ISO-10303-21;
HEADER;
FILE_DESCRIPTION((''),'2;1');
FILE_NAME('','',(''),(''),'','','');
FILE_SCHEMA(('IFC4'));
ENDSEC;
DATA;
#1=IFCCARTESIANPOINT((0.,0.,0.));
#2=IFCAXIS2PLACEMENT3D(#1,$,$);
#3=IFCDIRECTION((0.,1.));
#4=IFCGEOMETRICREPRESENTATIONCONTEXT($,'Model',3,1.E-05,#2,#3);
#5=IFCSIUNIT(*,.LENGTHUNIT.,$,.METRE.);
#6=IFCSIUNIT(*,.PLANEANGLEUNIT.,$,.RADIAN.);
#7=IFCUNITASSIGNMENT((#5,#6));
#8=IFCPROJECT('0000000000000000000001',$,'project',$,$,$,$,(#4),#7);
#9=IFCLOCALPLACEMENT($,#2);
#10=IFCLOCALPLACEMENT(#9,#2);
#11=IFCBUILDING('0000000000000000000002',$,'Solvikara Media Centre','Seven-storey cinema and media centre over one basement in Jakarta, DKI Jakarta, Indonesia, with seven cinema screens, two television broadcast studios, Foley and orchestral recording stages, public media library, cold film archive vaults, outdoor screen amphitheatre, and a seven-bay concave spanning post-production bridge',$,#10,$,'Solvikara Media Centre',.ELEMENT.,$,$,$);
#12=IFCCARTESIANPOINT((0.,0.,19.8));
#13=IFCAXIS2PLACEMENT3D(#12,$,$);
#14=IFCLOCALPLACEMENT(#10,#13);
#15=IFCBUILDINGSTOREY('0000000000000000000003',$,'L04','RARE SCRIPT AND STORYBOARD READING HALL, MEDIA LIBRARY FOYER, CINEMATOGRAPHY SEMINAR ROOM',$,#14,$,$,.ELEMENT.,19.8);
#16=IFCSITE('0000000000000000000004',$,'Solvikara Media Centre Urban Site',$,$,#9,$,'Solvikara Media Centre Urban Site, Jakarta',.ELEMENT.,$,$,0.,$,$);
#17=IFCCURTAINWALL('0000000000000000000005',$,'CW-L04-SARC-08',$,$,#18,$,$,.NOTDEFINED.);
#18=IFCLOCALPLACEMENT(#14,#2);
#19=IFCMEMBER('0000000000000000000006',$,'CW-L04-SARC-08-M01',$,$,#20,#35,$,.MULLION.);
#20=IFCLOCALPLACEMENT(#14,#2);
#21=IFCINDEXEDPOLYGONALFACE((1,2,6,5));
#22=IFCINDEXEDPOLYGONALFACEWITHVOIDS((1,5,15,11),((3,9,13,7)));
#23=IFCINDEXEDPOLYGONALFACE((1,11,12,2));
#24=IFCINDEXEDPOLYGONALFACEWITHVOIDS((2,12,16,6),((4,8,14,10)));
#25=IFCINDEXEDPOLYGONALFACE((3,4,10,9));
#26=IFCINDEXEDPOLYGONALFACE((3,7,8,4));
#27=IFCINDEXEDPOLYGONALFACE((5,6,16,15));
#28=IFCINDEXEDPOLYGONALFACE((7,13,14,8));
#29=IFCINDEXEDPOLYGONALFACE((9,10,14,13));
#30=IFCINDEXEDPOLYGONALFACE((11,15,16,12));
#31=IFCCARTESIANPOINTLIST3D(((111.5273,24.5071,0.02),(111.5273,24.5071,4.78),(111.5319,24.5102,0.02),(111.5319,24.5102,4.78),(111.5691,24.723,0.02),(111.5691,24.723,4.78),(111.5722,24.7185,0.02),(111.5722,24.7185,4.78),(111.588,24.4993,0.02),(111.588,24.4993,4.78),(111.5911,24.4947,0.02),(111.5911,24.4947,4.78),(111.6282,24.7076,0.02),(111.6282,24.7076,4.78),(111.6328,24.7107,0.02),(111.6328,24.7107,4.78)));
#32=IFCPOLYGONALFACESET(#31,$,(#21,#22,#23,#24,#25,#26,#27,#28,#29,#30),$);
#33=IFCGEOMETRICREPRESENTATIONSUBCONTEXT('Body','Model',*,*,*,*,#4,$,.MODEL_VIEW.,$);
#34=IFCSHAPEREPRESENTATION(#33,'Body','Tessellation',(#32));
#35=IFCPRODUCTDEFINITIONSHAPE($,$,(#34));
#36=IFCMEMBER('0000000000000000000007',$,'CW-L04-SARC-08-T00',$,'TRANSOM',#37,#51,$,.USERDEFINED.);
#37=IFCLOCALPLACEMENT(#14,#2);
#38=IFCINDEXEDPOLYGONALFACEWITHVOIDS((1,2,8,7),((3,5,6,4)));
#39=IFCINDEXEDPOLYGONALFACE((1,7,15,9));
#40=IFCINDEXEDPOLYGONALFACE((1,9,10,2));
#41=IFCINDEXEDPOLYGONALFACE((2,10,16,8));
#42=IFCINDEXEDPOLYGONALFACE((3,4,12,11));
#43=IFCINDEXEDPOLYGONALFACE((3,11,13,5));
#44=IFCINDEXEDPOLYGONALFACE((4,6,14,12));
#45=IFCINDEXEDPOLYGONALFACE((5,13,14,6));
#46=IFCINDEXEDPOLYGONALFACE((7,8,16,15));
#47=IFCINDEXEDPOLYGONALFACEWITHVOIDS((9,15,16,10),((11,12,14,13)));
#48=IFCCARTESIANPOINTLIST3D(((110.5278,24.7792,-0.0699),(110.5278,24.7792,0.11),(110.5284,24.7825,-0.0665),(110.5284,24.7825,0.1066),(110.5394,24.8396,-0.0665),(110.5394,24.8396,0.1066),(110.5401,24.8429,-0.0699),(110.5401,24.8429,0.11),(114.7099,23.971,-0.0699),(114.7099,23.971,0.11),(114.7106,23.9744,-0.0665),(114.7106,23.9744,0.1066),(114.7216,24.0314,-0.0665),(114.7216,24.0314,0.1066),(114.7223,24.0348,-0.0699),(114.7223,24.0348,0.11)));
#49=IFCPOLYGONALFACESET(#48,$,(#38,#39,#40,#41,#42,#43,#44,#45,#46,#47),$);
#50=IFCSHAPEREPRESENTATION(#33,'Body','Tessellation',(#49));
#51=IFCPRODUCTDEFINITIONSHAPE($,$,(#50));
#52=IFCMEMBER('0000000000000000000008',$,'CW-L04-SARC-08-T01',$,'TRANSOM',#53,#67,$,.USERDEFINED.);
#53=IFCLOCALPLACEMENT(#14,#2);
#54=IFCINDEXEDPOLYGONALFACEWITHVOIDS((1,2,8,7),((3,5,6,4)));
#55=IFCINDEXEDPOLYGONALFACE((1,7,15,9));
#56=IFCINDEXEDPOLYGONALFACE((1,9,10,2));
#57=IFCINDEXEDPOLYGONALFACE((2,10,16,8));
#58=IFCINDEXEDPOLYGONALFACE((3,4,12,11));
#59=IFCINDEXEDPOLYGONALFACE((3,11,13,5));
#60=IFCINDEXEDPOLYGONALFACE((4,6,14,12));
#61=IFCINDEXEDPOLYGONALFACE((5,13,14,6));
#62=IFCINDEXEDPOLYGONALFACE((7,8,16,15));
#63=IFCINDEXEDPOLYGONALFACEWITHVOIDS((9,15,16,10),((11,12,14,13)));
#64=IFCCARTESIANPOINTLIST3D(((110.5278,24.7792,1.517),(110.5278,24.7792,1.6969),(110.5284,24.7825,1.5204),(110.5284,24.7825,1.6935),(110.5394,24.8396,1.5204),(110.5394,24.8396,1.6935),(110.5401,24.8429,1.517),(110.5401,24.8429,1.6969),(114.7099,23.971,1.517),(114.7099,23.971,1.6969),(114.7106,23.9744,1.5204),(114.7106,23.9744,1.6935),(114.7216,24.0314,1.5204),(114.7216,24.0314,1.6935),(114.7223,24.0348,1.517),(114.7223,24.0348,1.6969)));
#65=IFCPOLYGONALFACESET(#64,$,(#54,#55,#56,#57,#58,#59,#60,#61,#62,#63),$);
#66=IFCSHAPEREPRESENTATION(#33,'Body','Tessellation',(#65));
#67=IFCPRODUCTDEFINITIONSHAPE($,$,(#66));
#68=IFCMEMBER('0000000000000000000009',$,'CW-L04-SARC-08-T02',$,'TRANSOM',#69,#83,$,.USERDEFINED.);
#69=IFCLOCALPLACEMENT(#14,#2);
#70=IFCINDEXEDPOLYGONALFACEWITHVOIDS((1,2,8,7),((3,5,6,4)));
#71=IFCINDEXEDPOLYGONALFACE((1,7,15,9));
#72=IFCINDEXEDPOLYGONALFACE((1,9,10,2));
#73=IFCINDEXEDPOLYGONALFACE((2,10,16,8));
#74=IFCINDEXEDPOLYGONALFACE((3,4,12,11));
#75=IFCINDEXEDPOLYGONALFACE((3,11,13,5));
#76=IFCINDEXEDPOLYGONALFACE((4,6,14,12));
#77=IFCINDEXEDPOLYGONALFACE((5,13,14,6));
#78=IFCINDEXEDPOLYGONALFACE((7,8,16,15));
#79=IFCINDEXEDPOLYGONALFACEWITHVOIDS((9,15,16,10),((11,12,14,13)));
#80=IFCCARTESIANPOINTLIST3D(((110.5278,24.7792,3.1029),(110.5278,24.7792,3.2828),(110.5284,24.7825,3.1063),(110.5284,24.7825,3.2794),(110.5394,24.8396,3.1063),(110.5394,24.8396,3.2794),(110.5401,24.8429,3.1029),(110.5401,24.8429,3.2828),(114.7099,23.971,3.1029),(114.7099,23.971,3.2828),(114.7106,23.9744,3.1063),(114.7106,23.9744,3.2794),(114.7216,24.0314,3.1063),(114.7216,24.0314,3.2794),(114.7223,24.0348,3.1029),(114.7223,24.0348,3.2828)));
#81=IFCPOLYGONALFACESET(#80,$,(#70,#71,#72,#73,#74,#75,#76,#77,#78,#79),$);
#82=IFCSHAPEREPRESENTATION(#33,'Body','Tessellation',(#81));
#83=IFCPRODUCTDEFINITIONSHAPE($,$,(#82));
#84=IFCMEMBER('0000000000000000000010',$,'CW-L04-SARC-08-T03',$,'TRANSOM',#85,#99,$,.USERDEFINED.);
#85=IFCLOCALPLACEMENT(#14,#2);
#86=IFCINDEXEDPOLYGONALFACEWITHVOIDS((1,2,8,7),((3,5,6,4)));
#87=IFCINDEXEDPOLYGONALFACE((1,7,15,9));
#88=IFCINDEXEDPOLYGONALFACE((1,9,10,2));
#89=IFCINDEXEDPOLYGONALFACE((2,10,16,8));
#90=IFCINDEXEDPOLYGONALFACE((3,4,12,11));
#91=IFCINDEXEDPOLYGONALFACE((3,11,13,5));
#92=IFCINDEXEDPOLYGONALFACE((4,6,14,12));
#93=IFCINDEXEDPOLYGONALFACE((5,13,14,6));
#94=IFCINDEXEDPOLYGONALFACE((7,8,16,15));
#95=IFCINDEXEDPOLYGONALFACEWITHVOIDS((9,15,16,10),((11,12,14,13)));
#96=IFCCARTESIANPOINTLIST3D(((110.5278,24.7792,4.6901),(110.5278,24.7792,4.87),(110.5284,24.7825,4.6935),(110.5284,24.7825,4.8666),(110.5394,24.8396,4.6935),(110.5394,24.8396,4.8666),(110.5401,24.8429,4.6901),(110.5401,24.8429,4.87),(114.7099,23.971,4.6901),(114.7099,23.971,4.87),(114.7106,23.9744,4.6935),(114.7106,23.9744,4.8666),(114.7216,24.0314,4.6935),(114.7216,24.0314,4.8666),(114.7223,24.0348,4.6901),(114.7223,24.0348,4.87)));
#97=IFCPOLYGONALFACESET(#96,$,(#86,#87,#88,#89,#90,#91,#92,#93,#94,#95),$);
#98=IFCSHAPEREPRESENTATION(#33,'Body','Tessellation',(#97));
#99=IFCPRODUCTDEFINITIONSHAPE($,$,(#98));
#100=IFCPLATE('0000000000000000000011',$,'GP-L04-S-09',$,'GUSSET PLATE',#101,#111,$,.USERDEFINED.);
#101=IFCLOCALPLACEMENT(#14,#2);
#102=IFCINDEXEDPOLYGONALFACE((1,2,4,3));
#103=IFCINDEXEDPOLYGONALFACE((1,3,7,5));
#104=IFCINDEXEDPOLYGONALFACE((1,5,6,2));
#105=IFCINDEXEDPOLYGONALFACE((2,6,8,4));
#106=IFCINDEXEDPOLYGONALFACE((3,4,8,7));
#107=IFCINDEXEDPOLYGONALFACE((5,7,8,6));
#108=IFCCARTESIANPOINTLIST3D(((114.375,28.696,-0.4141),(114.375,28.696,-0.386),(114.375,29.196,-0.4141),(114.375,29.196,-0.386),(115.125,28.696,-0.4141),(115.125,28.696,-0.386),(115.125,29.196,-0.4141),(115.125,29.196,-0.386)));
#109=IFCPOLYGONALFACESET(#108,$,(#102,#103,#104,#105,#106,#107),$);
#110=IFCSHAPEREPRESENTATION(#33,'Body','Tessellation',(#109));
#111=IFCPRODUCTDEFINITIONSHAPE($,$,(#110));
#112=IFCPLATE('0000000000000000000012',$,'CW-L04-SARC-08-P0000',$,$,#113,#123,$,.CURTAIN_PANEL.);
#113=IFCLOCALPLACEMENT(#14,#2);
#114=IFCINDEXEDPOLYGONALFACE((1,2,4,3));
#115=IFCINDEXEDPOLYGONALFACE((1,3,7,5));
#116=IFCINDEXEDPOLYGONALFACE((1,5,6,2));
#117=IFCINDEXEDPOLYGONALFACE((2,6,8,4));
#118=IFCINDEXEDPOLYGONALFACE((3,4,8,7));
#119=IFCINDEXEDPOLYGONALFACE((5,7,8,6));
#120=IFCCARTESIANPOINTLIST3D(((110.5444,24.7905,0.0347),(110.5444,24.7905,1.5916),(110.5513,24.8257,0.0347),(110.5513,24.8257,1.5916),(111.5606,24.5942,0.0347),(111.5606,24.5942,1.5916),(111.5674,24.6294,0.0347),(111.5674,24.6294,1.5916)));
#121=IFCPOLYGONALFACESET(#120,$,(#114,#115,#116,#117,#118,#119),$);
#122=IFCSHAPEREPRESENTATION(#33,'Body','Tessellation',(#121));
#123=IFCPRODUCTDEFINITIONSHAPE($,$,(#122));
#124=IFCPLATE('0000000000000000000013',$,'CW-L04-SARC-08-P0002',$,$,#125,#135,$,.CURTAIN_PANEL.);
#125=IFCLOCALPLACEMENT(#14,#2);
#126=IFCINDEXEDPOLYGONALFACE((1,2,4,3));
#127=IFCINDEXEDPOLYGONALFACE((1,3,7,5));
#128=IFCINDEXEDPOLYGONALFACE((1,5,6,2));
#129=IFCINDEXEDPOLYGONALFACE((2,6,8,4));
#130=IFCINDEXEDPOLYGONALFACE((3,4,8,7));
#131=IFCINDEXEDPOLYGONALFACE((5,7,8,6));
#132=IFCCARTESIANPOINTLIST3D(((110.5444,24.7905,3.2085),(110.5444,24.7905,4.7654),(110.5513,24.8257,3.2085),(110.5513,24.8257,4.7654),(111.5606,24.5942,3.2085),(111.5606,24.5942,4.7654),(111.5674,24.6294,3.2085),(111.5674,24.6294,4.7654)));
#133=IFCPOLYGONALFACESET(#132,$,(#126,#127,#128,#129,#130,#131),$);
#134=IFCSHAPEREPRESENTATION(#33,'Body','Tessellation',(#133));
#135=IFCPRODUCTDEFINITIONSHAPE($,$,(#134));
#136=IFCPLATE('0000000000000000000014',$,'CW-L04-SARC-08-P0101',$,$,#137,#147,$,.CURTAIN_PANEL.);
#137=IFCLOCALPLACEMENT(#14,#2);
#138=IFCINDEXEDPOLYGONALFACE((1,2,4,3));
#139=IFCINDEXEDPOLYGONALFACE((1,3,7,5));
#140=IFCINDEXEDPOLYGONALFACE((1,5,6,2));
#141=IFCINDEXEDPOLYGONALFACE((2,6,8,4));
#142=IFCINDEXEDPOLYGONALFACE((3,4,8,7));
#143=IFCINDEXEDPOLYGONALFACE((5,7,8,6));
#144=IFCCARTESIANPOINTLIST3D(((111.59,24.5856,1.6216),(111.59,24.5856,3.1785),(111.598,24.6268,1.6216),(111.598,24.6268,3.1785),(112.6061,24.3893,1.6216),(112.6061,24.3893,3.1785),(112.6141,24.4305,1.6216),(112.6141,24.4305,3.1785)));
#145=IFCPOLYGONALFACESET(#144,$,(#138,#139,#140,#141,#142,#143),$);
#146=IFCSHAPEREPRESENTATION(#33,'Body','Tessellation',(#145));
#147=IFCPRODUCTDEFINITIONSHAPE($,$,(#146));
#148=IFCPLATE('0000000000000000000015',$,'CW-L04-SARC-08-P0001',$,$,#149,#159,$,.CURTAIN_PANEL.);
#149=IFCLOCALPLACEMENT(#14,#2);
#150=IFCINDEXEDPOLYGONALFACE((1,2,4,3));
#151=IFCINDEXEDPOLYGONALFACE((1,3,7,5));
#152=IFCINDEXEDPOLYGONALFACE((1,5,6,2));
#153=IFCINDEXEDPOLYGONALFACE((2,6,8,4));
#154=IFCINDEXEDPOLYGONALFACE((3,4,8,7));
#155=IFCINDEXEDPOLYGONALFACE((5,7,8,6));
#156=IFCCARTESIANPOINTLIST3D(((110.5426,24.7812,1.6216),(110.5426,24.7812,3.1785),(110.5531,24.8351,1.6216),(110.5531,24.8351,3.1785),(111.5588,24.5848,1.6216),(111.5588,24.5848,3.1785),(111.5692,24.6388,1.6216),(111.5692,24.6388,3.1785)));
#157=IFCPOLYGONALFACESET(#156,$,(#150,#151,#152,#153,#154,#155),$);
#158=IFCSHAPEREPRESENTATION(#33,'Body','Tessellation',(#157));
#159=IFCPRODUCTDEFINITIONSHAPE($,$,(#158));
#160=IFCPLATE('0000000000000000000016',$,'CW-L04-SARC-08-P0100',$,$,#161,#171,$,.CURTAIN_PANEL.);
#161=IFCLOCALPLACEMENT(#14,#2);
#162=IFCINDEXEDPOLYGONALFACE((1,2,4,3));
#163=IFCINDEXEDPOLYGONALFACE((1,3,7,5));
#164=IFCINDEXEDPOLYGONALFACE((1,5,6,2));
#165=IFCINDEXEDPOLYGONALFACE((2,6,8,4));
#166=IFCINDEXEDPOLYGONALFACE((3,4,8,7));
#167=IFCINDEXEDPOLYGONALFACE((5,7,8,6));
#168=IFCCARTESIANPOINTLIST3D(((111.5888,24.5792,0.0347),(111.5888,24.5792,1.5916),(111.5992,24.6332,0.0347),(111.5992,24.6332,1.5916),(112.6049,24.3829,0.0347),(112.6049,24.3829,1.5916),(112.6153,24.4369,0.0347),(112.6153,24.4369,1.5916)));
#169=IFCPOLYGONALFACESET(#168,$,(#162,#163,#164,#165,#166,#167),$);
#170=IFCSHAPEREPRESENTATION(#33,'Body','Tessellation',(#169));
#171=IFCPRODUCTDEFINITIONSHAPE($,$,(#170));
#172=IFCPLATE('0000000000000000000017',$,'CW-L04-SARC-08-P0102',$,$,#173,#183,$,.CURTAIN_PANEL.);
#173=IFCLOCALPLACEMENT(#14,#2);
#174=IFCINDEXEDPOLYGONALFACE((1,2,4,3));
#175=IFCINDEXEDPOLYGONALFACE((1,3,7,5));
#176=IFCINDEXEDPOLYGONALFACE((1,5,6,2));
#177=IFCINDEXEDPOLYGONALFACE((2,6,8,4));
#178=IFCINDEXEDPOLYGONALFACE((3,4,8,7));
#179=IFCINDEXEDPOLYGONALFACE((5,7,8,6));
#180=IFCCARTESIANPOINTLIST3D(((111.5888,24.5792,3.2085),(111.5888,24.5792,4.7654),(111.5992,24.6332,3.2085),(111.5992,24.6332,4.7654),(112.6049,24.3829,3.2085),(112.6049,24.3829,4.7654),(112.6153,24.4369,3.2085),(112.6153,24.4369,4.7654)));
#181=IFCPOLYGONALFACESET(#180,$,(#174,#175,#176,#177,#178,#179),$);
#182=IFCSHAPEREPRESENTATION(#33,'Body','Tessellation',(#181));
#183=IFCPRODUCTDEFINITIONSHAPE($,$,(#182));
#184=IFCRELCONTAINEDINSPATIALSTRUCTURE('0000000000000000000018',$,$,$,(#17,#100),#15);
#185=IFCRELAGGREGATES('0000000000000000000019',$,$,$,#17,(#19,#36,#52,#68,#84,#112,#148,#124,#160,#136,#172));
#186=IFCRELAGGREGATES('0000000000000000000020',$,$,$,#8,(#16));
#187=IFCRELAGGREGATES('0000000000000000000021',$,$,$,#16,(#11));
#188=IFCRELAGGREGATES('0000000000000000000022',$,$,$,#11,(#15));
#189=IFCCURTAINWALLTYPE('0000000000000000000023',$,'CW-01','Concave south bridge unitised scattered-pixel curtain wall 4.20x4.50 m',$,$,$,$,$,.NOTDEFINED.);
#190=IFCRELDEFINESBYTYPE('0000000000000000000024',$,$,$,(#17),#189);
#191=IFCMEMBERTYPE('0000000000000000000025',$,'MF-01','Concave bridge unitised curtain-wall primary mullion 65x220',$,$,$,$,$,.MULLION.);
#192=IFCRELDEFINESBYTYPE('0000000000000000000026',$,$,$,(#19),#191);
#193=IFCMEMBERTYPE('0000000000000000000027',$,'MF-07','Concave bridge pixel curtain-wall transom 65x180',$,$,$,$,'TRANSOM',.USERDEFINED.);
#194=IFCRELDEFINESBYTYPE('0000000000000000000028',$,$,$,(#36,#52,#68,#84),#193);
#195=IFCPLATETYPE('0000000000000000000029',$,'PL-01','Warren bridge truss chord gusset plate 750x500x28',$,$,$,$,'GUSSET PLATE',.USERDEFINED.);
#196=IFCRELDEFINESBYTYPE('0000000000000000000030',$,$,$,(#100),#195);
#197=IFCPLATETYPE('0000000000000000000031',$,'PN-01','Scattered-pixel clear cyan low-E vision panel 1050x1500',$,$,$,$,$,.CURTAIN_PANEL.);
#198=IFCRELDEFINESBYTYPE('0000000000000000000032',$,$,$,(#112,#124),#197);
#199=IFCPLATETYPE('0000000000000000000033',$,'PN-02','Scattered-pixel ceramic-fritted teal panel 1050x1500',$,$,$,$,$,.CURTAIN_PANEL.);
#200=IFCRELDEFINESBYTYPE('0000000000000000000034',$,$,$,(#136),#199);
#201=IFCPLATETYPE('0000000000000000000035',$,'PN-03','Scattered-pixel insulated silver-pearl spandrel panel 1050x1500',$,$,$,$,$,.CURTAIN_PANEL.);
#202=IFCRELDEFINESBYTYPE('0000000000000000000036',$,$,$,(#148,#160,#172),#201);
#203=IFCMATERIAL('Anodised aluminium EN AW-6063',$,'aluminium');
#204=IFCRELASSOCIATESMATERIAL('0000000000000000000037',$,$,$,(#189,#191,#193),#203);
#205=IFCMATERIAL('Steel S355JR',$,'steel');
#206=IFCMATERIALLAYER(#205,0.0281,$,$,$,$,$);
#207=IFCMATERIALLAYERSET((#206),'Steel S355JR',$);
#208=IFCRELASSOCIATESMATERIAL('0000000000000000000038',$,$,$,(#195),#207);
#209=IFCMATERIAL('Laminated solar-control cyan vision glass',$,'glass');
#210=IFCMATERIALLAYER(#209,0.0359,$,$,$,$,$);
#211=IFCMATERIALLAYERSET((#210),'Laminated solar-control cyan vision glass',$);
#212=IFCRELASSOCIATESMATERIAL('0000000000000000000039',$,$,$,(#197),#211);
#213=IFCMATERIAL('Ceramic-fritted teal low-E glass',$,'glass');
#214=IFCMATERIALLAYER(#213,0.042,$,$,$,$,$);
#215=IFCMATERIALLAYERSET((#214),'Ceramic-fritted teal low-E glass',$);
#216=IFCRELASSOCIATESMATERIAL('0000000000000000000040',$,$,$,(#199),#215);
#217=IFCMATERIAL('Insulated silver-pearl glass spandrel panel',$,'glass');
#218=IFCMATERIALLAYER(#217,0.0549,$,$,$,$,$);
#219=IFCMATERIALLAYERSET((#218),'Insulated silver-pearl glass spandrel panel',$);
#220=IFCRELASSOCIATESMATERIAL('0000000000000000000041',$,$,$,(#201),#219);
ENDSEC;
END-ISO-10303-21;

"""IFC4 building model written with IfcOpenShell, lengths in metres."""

from ifc_helpers import new_model, si_unit, direction, frame, origin, origin_2d, place, context, subcontext, project, spatial, rectangle, hollow_rectangle, extrude, material, layer, layer_set, material_profile, profile_set, type_object, element, aggregate, save


model = new_model("IFC4")

# Units and contexts
model_context = context("Model", 3, precision=1e-05, world=origin(), true_north=direction((0.0, 1.0)))
body_context = subcontext(model_context, "Body", "Model", "MODEL_VIEW")
ifc_project = project(units=[si_unit("LENGTHUNIT", "METRE"), si_unit("PLANEANGLEUNIT", "RADIAN")], contexts=[model_context])

# Site, building, storey
site_placement = place(None, origin())
site = spatial("IfcSite", under=ifc_project, at=site_placement, Name="Solvikara Media Centre Urban Site", LongName="Solvikara Media Centre Urban Site, Jakarta", CompositionType="ELEMENT", RefElevation=0.0)
building_placement = place(site_placement, origin())
building = spatial("IfcBuilding", under=site, at=building_placement, Name="Solvikara Media Centre", Description="Seven-storey cinema and media centre over one basement in Jakarta, DKI Jakarta, Indonesia, with seven cinema screens, two television broadcast studios, Foley and orchestral recording stages, public media library, cold film archive vaults, outdoor screen amphitheatre, and a seven-bay concave spanning post-production bridge", LongName="Solvikara Media Centre", CompositionType="ELEMENT")
storey_placement = place(building_placement, frame((0.0, 0.0, 19.8)))
storey = spatial("IfcBuildingStorey", under=building, at=storey_placement, Name="L04", Description="RARE SCRIPT AND STORYBOARD READING HALL, MEDIA LIBRARY FOYER, CINEMATOGRAPHY SEMINAR ROOM", CompositionType="ELEMENT", Elevation=19.8)

# Shared definitions
ifc_material_1 = material(Name="Steel S355JR", Category="steel")

# Curtain wall, members
ifc_material_2 = material(Name="Anodised aluminium EN AW-6063", Category="aluminium")
curtain_wall_type = type_object("IfcCurtainWallType", Name="CW-01", Description="Concave south bridge unitised scattered-pixel curtain wall 4.20x4.50 m", PredefinedType="NOTDEFINED", material=ifc_material_2)
curtain_wall_placement = place(storey_placement, origin())
curtain_wall = element("IfcCurtainWall", 1, at=curtain_wall_placement, inside=storey, type_object=curtain_wall_type, Name="CW-L04-SARC-08", PredefinedType="NOTDEFINED")
ifc_material_profile_1 = material_profile(ifc_material_2, hollow_rectangle(XDim=0.0649, YDim=0.22, WallThickness=0.0039, at=origin_2d()), Name="ALU-M 65x220x4")
ifc_profile_set_1 = profile_set([ifc_material_profile_1], Name="Anodised aluminium EN AW-6063")
member_type_1 = type_object("IfcMemberType", Name="MF-01", Description="Concave bridge unitised curtain-wall primary mullion 65x220", PredefinedType="MULLION", material=ifc_profile_set_1)
member_1_placement = place(storey_placement, frame((111.5801, 24.6089, 0.02), z_axis=(0.0, 0.0, 1.0), x_axis=(0.981843, -0.189695, 0.0)))
member_1 = element("IfcMember", 2, at=member_1_placement, type_object=member_type_1, Name="CW-L04-SARC-08-M01", PredefinedType="MULLION", context=body_context, shape_type="SweptSolid", body=[
    extrude(hollow_rectangle(XDim=0.0649, YDim=0.22, WallThickness=0.0039, at=origin_2d()), origin(), (0.0, 0.0, 1.0), 4.76),
])
ifc_material_profile_2 = material_profile(ifc_material_2, hollow_rectangle(XDim=0.0649, YDim=0.1799, WallThickness=0.0034, at=origin_2d()), Name="ALU-T 65x180x3.5")
ifc_profile_set_2 = profile_set([ifc_material_profile_2], Name="Anodised aluminium EN AW-6063")
member_type_2 = type_object("IfcMemberType", Name="MF-07", Description="Concave bridge pixel curtain-wall transom 65x180", ElementType="TRANSOM", PredefinedType="USERDEFINED", material=ifc_profile_set_2)
member_2_placement = place(storey_placement, frame((110.5339, 24.811, 0.02), z_axis=(0.981838, -0.189719, 0.0), x_axis=(0.189719, 0.981838, 0.0)))
member_2 = element("IfcMember", 3, at=member_2_placement, type_object=member_type_2, Name="CW-L04-SARC-08-T00", ObjectType="TRANSOM", PredefinedType="USERDEFINED", context=body_context, shape_type="SweptSolid", body=[
    extrude(hollow_rectangle(XDim=0.0649, YDim=0.1799, WallThickness=0.0034, at=origin_2d()), origin(), (0.0, 0.0, 1.0), 4.2595),
])
member_3_placement = place(storey_placement, frame((110.5339, 24.811, 1.6069), z_axis=(0.981838, -0.189719, 0.0), x_axis=(0.189719, 0.981838, 0.0)))
member_3 = element("IfcMember", 4, at=member_3_placement, type_object=member_type_2, Name="CW-L04-SARC-08-T01", ObjectType="TRANSOM", PredefinedType="USERDEFINED", context=body_context, shape_type="SweptSolid", body=[
    extrude(hollow_rectangle(XDim=0.0649, YDim=0.1799, WallThickness=0.0034, at=origin_2d()), origin(), (0.0, 0.0, 1.0), 4.2595),
])
member_4_placement = place(storey_placement, frame((110.5339, 24.811, 3.1929), z_axis=(0.981838, -0.189719, 0.0), x_axis=(0.189719, 0.981838, 0.0)))
member_4 = element("IfcMember", 5, at=member_4_placement, type_object=member_type_2, Name="CW-L04-SARC-08-T02", ObjectType="TRANSOM", PredefinedType="USERDEFINED", context=body_context, shape_type="SweptSolid", body=[
    extrude(hollow_rectangle(XDim=0.0649, YDim=0.1799, WallThickness=0.0034, at=origin_2d()), origin(), (0.0, 0.0, 1.0), 4.2595),
])
member_5_placement = place(storey_placement, frame((110.5339, 24.811, 4.78), z_axis=(0.981838, -0.189719, 0.0), x_axis=(0.189719, 0.981838, 0.0)))
member_5 = element("IfcMember", 6, at=member_5_placement, type_object=member_type_2, Name="CW-L04-SARC-08-T03", ObjectType="TRANSOM", PredefinedType="USERDEFINED", context=body_context, shape_type="SweptSolid", body=[
    extrude(hollow_rectangle(XDim=0.0649, YDim=0.1799, WallThickness=0.0034, at=origin_2d()), origin(), (0.0, 0.0, 1.0), 4.2595),
])

# Plates
ifc_layer_1 = layer(ifc_material_1, 0.0281)
ifc_layer_set_1 = layer_set([ifc_layer_1], Name="Steel S355JR")
plate_type_1 = type_object("IfcPlateType", Name="PL-01", Description="Warren bridge truss chord gusset plate 750x500x28", ElementType="GUSSET PLATE", PredefinedType="USERDEFINED", material=ifc_layer_set_1)
plate_1_placement = place(storey_placement, frame((114.75, 28.946, -0.4141), z_axis=(0.0, 0.0, 1.0), x_axis=(1.0, 0.0, 0.0)))
element("IfcPlate", 7, at=plate_1_placement, inside=storey, type_object=plate_type_1, Name="GP-L04-S-09", ObjectType="GUSSET PLATE", PredefinedType="USERDEFINED", context=body_context, shape_type="SweptSolid", body=[
    extrude(rectangle(XDim=0.75, YDim=0.5, at=origin_2d()), origin(), (0.0, 0.0, 1.0), 0.0281),
])
ifc_material_3 = material(Name="Laminated solar-control cyan vision glass", Category="glass")
ifc_layer_2 = layer(ifc_material_3, 0.0359)
ifc_layer_set_2 = layer_set([ifc_layer_2], Name="Laminated solar-control cyan vision glass")
plate_type_2 = type_object("IfcPlateType", Name="PN-01", Description="Scattered-pixel clear cyan low-E vision panel 1050x1500", PredefinedType="CURTAIN_PANEL", material=ifc_layer_set_2)
plate_2_placement = place(storey_placement, frame((111.0559, 24.71, 0.0347), z_axis=(0.0, 0.0, 1.0), x_axis=(0.981843, -0.189695, 0.0)))
plate_2 = element("IfcPlate", 8, at=plate_2_placement, type_object=plate_type_2, Name="CW-L04-SARC-08-P0000", PredefinedType="CURTAIN_PANEL", context=body_context, shape_type="SweptSolid", body=[
    extrude(rectangle(XDim=1.0349, YDim=0.0359, at=origin_2d()), origin(), (0.0, 0.0, 1.0), 1.5569),
])
plate_3_placement = place(storey_placement, frame((111.0559, 24.71, 3.2085), z_axis=(0.0, 0.0, 1.0), x_axis=(0.981843, -0.189695, 0.0)))
plate_3 = element("IfcPlate", 9, at=plate_3_placement, type_object=plate_type_2, Name="CW-L04-SARC-08-P0002", PredefinedType="CURTAIN_PANEL", context=body_context, shape_type="SweptSolid", body=[
    extrude(rectangle(XDim=1.0349, YDim=0.0359, at=origin_2d()), origin(), (0.0, 0.0, 1.0), 1.5569),
])
ifc_material_4 = material(Name="Ceramic-fritted teal low-E glass", Category="glass")
ifc_layer_3 = layer(ifc_material_4, 0.042)
ifc_layer_set_3 = layer_set([ifc_layer_3], Name="Ceramic-fritted teal low-E glass")
plate_type_3 = type_object("IfcPlateType", Name="PN-02", Description="Scattered-pixel ceramic-fritted teal panel 1050x1500", PredefinedType="CURTAIN_PANEL", material=ifc_layer_set_3)
plate_4_placement = place(storey_placement, frame((112.1021, 24.5081, 1.6216), z_axis=(0.0, 0.0, 1.0), x_axis=(0.981843, -0.189695, 0.0)))
plate_4 = element("IfcPlate", 10, at=plate_4_placement, type_object=plate_type_3, Name="CW-L04-SARC-08-P0101", PredefinedType="CURTAIN_PANEL", context=body_context, shape_type="SweptSolid", body=[
    extrude(rectangle(XDim=1.0349, YDim=0.042, at=origin_2d()), origin(), (0.0, 0.0, 1.0), 1.5569),
])
ifc_material_5 = material(Name="Insulated silver-pearl glass spandrel panel", Category="glass")
ifc_layer_4 = layer(ifc_material_5, 0.0549)
ifc_layer_set_4 = layer_set([ifc_layer_4], Name="Insulated silver-pearl glass spandrel panel")
plate_type_4 = type_object("IfcPlateType", Name="PN-03", Description="Scattered-pixel insulated silver-pearl spandrel panel 1050x1500", PredefinedType="CURTAIN_PANEL", material=ifc_layer_set_4)
plate_5_placement = place(storey_placement, frame((111.0559, 24.71, 1.6216), z_axis=(0.0, 0.0, 1.0), x_axis=(0.981843, -0.189695, 0.0)))
plate_5 = element("IfcPlate", 11, at=plate_5_placement, type_object=plate_type_4, Name="CW-L04-SARC-08-P0001", PredefinedType="CURTAIN_PANEL", context=body_context, shape_type="SweptSolid", body=[
    extrude(rectangle(XDim=1.0349, YDim=0.0549, at=origin_2d()), origin(), (0.0, 0.0, 1.0), 1.5569),
])
plate_6_placement = place(storey_placement, frame((112.1021, 24.5081, 0.0347), z_axis=(0.0, 0.0, 1.0), x_axis=(0.981843, -0.189695, 0.0)))
plate_6 = element("IfcPlate", 12, at=plate_6_placement, type_object=plate_type_4, Name="CW-L04-SARC-08-P0100", PredefinedType="CURTAIN_PANEL", context=body_context, shape_type="SweptSolid", body=[
    extrude(rectangle(XDim=1.0349, YDim=0.0549, at=origin_2d()), origin(), (0.0, 0.0, 1.0), 1.5569),
])
plate_7_placement = place(storey_placement, frame((112.1021, 24.5081, 3.2085), z_axis=(0.0, 0.0, 1.0), x_axis=(0.981843, -0.189695, 0.0)))
plate_7 = element("IfcPlate", 13, at=plate_7_placement, type_object=plate_type_4, Name="CW-L04-SARC-08-P0102", PredefinedType="CURTAIN_PANEL", context=body_context, shape_type="SweptSolid", body=[
    extrude(rectangle(XDim=1.0349, YDim=0.0549, at=origin_2d()), origin(), (0.0, 0.0, 1.0), 1.5569),
])
aggregate(curtain_wall, [member_1, member_2, member_3, member_4, member_5, plate_2, plate_5, plate_3, plate_6, plate_4, plate_7])

save(model, "model.ifc")
